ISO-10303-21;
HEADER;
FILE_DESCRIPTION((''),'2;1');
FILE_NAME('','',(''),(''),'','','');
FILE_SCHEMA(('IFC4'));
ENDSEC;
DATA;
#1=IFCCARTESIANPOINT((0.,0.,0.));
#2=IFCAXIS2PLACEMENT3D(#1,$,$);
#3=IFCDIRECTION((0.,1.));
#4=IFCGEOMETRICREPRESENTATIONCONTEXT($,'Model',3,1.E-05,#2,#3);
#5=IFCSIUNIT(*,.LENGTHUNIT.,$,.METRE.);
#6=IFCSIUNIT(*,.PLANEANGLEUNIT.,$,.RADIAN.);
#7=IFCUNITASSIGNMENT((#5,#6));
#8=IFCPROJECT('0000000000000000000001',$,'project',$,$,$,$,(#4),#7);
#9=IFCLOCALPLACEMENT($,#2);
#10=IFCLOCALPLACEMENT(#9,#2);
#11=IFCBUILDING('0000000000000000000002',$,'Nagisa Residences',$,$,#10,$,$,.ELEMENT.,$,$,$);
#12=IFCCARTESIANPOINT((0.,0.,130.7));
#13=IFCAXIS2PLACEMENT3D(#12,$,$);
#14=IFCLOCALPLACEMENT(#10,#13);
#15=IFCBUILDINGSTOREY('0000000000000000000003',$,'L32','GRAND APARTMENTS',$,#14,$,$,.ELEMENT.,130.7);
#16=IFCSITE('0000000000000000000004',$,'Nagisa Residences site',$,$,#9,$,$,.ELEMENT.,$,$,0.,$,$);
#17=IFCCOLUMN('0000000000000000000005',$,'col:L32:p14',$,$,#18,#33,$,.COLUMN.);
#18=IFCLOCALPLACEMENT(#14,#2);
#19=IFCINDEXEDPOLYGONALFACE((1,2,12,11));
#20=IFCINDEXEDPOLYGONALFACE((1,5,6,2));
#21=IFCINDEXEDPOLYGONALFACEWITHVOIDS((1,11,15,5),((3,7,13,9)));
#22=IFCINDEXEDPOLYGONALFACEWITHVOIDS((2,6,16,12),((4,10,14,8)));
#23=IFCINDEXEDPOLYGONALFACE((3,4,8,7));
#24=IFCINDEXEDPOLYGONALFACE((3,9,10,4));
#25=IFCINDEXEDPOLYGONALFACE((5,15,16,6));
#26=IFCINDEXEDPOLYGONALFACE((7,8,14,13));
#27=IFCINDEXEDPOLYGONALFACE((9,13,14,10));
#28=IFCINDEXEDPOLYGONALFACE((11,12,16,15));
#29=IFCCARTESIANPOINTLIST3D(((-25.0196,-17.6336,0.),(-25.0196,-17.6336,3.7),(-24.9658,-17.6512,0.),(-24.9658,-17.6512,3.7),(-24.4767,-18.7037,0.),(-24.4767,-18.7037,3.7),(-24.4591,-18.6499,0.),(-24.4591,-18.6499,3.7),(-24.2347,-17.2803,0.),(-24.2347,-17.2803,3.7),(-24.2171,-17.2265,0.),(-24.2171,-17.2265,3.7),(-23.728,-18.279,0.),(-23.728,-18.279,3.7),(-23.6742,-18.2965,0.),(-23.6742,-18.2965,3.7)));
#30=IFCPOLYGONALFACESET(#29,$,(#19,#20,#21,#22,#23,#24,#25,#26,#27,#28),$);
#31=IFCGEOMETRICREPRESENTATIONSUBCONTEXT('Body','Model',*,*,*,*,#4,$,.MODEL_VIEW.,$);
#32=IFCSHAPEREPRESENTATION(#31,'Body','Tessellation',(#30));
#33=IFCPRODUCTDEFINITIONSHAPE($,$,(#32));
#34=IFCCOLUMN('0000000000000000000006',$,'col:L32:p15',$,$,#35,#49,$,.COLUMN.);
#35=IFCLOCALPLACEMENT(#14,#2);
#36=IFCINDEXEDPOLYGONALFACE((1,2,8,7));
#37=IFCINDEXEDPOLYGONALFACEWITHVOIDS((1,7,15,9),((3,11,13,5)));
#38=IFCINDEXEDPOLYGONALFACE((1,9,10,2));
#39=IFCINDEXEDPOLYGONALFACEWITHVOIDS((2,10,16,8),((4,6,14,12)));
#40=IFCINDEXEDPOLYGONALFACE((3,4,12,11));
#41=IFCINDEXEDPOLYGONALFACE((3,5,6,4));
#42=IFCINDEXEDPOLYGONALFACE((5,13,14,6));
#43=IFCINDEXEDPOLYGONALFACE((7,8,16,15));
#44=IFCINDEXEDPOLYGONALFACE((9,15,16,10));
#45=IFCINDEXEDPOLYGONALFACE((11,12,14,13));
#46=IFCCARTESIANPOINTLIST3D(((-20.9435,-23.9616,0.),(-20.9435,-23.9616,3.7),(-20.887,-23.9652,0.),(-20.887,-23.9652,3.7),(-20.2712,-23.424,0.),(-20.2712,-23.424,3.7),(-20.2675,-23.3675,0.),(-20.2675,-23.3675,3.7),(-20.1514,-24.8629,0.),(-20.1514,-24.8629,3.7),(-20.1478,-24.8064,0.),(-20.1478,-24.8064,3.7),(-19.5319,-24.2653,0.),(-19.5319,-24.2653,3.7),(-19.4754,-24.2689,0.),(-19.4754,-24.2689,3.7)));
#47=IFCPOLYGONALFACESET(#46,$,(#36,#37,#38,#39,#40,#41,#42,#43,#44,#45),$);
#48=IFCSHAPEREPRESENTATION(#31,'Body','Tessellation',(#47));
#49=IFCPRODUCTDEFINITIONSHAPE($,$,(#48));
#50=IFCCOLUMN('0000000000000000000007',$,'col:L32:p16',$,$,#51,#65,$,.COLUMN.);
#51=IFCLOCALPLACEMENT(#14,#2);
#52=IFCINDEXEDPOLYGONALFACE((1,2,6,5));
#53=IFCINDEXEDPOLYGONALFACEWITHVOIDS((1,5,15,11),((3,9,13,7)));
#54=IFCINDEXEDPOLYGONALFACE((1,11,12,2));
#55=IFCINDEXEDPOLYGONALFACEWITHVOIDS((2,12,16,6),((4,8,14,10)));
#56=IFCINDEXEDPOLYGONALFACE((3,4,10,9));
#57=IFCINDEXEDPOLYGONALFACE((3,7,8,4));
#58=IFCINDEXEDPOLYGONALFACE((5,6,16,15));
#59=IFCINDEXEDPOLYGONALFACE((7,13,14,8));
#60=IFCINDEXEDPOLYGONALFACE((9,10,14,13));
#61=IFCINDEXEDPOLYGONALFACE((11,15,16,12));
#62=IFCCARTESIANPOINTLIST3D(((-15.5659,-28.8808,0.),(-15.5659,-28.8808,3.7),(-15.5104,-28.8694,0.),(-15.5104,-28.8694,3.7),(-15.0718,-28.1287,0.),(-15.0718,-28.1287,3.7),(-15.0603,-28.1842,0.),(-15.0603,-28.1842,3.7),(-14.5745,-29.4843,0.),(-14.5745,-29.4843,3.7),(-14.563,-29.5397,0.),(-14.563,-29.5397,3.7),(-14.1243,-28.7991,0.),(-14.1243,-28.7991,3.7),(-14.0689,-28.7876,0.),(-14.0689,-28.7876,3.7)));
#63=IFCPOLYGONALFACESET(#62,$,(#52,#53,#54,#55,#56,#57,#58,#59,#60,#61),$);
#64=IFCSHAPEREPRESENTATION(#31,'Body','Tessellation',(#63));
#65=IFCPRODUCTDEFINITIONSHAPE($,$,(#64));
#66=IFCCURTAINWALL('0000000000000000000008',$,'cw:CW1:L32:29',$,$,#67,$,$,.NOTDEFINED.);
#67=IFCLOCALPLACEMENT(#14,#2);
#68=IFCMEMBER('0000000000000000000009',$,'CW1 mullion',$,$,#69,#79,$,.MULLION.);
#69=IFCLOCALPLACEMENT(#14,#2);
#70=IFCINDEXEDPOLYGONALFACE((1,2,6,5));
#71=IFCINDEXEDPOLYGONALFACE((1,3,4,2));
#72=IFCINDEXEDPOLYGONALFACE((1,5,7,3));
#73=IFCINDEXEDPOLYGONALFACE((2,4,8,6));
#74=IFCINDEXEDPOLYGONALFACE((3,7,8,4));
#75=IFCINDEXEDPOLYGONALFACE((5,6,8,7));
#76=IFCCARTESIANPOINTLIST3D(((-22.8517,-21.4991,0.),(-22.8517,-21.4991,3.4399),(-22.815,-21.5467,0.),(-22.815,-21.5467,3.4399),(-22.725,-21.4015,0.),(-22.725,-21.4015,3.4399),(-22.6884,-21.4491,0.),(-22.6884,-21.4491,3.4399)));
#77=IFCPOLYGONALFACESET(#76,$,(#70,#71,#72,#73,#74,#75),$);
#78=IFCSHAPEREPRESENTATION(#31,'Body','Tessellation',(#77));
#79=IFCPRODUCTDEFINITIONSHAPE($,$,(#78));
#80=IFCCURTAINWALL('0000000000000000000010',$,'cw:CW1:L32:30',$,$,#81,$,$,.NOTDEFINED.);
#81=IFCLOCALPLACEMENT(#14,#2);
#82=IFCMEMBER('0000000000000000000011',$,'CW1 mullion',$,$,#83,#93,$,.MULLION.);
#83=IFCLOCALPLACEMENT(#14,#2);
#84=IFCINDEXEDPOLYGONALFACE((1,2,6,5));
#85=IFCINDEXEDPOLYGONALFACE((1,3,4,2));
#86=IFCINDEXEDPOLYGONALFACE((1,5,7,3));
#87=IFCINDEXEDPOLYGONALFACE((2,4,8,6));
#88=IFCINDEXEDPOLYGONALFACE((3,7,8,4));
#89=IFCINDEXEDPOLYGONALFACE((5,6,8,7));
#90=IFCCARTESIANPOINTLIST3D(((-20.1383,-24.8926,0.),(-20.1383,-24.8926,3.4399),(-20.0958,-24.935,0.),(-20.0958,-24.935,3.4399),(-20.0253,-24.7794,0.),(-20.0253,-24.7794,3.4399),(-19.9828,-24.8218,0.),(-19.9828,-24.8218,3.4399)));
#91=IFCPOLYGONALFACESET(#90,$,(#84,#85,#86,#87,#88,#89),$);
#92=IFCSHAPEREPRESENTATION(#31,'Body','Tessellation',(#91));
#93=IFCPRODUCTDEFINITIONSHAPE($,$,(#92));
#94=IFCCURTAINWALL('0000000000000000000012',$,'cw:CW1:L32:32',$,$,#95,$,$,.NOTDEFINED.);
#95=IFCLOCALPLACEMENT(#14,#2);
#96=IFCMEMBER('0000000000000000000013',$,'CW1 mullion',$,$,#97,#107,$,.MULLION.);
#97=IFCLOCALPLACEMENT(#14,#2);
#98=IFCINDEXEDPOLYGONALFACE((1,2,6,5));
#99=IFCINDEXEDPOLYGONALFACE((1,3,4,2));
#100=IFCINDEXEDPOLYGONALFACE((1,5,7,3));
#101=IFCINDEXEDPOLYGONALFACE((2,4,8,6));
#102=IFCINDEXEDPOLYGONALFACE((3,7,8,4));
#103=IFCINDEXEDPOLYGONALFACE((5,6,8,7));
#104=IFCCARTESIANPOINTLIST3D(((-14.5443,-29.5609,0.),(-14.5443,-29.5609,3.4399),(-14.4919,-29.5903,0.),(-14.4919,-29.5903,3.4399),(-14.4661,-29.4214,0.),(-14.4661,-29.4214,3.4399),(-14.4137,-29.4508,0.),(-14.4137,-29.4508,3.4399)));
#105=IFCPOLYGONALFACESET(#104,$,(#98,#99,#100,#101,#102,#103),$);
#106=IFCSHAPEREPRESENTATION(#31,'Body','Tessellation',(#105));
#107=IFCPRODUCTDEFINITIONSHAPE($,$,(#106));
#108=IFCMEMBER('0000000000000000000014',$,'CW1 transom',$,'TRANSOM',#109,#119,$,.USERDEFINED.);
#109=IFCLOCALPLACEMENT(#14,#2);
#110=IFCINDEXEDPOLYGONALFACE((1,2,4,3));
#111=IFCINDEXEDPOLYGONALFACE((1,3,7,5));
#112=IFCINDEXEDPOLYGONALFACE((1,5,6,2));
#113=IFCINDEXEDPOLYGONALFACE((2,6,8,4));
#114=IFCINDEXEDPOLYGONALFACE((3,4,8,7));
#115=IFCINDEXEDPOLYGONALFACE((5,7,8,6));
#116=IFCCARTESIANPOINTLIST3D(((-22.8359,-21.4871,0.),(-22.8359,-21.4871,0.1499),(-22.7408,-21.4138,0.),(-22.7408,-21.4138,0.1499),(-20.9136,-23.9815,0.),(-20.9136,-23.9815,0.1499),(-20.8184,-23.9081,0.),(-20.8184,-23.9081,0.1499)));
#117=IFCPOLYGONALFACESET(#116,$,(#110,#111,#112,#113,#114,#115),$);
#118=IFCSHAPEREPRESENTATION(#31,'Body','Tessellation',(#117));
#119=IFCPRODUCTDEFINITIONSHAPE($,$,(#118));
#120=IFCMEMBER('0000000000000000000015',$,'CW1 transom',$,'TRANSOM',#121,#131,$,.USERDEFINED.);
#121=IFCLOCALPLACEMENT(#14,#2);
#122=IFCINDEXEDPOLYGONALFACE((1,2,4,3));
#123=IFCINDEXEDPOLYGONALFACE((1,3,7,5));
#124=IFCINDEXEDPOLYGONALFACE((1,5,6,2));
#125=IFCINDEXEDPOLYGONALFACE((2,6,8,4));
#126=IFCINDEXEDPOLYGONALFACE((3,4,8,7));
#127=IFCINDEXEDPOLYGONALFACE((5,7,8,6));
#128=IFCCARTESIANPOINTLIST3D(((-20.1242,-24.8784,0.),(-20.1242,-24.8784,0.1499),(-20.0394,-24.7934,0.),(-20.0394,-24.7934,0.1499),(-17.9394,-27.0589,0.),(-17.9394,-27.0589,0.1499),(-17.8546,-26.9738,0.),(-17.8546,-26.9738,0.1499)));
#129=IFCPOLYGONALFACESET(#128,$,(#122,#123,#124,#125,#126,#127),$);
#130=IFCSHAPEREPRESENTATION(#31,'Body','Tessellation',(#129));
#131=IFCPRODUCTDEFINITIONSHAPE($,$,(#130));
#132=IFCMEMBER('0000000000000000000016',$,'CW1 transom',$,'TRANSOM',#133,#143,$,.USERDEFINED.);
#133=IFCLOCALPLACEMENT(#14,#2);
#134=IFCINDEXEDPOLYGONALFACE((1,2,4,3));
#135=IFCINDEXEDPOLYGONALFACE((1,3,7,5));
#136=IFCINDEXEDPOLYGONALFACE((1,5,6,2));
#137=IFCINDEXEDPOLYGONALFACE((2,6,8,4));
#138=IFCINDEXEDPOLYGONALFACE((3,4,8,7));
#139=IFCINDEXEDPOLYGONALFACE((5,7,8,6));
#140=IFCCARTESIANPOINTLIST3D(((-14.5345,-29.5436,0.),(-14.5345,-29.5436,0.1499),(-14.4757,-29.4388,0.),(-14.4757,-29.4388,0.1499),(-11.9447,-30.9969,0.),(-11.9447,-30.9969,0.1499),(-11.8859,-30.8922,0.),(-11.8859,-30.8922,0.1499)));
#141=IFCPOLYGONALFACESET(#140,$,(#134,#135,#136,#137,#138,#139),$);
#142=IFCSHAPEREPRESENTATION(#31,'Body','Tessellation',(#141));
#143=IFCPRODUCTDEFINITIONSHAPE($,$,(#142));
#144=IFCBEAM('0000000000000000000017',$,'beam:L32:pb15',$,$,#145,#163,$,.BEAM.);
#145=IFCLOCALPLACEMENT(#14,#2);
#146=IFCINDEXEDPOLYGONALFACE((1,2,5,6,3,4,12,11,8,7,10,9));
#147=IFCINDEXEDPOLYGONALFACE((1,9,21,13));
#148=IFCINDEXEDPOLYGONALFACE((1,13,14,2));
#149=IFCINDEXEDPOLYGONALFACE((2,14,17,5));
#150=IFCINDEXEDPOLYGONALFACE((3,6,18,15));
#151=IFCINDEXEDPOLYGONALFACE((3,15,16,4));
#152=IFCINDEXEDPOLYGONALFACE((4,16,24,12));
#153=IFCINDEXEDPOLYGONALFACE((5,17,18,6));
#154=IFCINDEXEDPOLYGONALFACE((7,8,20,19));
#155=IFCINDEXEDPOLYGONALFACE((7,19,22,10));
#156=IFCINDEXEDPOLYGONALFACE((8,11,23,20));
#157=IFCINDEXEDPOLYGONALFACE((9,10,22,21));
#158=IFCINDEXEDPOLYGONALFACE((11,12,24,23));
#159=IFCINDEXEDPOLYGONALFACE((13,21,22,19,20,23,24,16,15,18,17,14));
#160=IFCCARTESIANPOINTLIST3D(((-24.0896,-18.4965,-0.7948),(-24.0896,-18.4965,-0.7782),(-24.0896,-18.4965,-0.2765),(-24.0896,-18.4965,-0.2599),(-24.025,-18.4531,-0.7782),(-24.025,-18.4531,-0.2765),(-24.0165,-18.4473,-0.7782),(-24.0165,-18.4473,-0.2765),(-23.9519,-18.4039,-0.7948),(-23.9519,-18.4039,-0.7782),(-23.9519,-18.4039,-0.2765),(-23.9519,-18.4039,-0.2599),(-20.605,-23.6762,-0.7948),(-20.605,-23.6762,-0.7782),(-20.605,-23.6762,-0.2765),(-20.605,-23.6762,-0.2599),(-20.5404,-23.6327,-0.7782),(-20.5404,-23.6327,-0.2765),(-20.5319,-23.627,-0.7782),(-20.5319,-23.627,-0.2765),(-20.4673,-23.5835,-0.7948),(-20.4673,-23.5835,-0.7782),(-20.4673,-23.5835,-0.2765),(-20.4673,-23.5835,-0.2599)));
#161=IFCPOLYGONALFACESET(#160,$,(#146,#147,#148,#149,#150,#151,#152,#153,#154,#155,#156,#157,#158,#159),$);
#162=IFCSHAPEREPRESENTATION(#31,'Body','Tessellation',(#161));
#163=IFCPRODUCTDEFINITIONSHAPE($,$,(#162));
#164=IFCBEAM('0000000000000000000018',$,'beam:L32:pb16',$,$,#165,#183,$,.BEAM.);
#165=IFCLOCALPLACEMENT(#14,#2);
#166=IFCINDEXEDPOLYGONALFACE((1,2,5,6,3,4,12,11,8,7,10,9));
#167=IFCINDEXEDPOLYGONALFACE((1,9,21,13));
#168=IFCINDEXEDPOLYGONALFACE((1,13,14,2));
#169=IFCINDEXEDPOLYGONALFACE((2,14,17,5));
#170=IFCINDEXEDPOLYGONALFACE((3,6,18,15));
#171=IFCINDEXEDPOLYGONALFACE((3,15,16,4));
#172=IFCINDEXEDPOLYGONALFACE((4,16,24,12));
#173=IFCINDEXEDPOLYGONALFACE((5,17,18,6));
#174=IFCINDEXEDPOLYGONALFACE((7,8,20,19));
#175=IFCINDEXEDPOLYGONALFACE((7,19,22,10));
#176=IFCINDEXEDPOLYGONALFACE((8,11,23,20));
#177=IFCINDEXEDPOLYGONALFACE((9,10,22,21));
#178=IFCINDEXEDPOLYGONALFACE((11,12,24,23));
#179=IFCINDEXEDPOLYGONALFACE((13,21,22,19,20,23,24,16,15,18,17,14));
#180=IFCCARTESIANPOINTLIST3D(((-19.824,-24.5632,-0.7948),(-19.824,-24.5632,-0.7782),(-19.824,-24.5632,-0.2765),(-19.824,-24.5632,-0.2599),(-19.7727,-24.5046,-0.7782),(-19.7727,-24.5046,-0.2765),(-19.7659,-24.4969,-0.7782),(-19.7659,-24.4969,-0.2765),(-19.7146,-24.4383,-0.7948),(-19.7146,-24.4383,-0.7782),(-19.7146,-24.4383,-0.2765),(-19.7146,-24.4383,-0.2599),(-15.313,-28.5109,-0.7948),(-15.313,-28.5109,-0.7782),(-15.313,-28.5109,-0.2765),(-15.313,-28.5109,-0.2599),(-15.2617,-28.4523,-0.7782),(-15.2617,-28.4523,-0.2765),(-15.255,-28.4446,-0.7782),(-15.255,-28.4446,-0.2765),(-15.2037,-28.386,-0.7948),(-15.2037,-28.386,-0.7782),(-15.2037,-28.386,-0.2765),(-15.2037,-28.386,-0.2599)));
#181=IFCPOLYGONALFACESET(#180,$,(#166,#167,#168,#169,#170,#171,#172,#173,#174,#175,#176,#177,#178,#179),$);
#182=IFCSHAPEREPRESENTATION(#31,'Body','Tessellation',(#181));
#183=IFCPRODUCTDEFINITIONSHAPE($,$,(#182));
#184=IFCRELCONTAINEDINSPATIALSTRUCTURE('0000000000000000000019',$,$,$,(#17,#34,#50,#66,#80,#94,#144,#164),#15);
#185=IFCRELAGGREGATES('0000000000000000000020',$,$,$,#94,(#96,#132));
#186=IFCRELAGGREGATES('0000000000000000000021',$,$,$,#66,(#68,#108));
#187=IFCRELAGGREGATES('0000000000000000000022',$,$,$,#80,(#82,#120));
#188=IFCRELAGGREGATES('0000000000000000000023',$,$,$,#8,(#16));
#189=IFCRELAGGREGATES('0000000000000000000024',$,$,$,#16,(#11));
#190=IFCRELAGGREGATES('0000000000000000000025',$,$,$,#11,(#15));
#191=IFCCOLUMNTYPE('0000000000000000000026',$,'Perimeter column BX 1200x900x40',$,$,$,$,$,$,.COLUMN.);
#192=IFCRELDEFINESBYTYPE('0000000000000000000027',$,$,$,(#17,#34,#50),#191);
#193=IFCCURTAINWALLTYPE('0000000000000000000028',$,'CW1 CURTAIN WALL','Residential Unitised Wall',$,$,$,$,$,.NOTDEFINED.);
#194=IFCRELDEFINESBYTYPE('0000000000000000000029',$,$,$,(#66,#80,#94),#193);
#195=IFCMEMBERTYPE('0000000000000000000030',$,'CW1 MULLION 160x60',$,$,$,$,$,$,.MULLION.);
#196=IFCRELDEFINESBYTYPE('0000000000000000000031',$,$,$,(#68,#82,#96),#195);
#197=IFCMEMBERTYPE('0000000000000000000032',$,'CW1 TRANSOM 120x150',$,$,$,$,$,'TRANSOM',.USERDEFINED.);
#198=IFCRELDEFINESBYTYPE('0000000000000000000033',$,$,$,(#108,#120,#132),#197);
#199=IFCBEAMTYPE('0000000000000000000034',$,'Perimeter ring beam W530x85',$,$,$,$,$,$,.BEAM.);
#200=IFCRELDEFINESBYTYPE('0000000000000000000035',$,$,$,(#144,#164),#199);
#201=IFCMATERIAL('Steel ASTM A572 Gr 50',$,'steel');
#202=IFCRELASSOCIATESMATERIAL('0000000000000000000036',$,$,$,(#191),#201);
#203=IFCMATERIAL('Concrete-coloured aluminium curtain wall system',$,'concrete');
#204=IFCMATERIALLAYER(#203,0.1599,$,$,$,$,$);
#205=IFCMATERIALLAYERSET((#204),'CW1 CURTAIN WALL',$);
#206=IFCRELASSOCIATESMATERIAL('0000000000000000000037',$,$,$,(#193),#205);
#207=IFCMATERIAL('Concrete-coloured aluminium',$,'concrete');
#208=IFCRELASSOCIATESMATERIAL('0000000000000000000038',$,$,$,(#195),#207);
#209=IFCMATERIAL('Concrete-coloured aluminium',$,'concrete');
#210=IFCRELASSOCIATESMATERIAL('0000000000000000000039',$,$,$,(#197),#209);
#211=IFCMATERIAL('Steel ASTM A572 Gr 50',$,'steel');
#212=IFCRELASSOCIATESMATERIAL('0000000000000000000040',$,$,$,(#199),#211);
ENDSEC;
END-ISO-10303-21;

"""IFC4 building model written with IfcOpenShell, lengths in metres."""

from ifc_helpers import new_model, si_unit, direction, frame, origin, origin_2d, place, context, subcontext, project, spatial, rectangle, hollow_rectangle, i_section, extrude, material, layer, layer_set, material_profile, profile_set, type_object, element, aggregate, save


model = new_model("IFC4")

# Units and contexts
model_context = context("Model", 3, precision=1e-05, world=origin(), true_north=direction((0.0, 1.0)))
body_context = subcontext(model_context, "Body", "Model", "MODEL_VIEW")
ifc_project = project(units=[si_unit("LENGTHUNIT", "METRE"), si_unit("PLANEANGLEUNIT", "RADIAN")], contexts=[model_context])

# Site, building, storey
site_placement = place(None, origin())
site = spatial("IfcSite", under=ifc_project, at=site_placement, Name="Nagisa Residences site", CompositionType="ELEMENT", RefElevation=0.0)
building_placement = place(site_placement, origin())
building = spatial("IfcBuilding", under=site, at=building_placement, Name="Nagisa Residences", CompositionType="ELEMENT")
storey_placement = place(building_placement, frame((0.0, 0.0, 130.7)))
storey = spatial("IfcBuildingStorey", under=building, at=storey_placement, Name="L32", Description="GRAND APARTMENTS", CompositionType="ELEMENT", Elevation=130.7)

# Columns
ifc_material_1 = material(Name="Steel ASTM A572 Gr 50", Category="steel")
ifc_material_profile_1 = material_profile(ifc_material_1, hollow_rectangle(XDim=1.2, YDim=0.8999, WallThickness=0.04, at=origin_2d()), Name="BX 1200x900x40")
ifc_profile_set_1 = profile_set([ifc_material_profile_1], Name="Steel ASTM A572 Gr 50")
column_type = type_object("IfcColumnType", Name="Perimeter column BX 1200x900x40", PredefinedType="COLUMN", material=ifc_profile_set_1)
for number, where, z_axis, x_axis, name in (
    (1, (-24.3469, -17.9651, 0.0), (0.0, 0.0, 1.0), (0.452463, -0.891783, 0.0), "col:L32:p14"),
    (2, (-20.2095, -24.1152, 0.0), (0.0, 0.0, 1.0), (0.660115, -0.751165, 0.0), "col:L32:p15"),
    (3, (-14.8174, -28.8342, 0.0), (0.0, 0.0, 1.0), (0.835766, -0.549086, 0.0), "col:L32:p16"),
):
    element("IfcColumn", number, at=place(storey_placement, frame(where, z_axis=z_axis, x_axis=x_axis)), inside=storey, type_object=column_type, Name=name, PredefinedType="COLUMN", context=body_context, shape_type="SweptSolid", body=[
        extrude(hollow_rectangle(XDim=1.2, YDim=0.8999, WallThickness=0.04, at=origin_2d()), origin(), (0.0, 0.0, 1.0), 3.7),
    ])

# Curtain walls, members
ifc_material_2 = material(Name="Concrete-coloured aluminium curtain wall system", Category="concrete")
ifc_layer_1 = layer(ifc_material_2, 0.1599)
ifc_layer_set_1 = layer_set([ifc_layer_1], Name="CW1 CURTAIN WALL")
curtain_wall_type = type_object("IfcCurtainWallType", Name="CW1 CURTAIN WALL", Description="Residential Unitised Wall", PredefinedType="NOTDEFINED", material=ifc_layer_set_1)
curtain_wall_1_placement = place(storey_placement, origin())
curtain_wall_1 = element("IfcCurtainWall", 4, at=curtain_wall_1_placement, inside=storey, type_object=curtain_wall_type, Name="cw:CW1:L32:29", PredefinedType="NOTDEFINED")
ifc_material_3 = material(Name="Concrete-coloured aluminium", Category="concrete")
ifc_material_profile_2 = material_profile(ifc_material_3, rectangle(XDim=0.1599, YDim=0.0601, at=origin_2d()), Name="CW1 MULLION 160x60")
ifc_profile_set_2 = profile_set([ifc_material_profile_2], Name="Concrete-coloured aluminium")
member_type_1 = type_object("IfcMemberType", Name="CW1 MULLION 160x60", PredefinedType="MULLION", material=ifc_profile_set_2)
member_1_placement = place(storey_placement, frame((-22.77, -21.4741, 0.0), z_axis=(0.0, 0.0, 1.0), x_axis=(0.79207, 0.61043, 0.0)))
member_1 = element("IfcMember", 5, at=member_1_placement, type_object=member_type_1, Name="CW1 mullion", PredefinedType="MULLION", context=body_context, shape_type="SweptSolid", body=[
    extrude(rectangle(XDim=0.1599, YDim=0.0601, at=origin_2d()), origin(), (0.0, 0.0, 1.0), 3.4399),
])
curtain_wall_2_placement = place(storey_placement, origin())
curtain_wall_2 = element("IfcCurtainWall", 6, at=curtain_wall_2_placement, inside=storey, type_object=curtain_wall_type, Name="cw:CW1:L32:30", PredefinedType="NOTDEFINED")
member_2_placement = place(storey_placement, frame((-20.0605, -24.8572, 0.0), z_axis=(0.0, 0.0, 1.0), x_axis=(0.706377, 0.707836, 0.0)))
member_2 = element("IfcMember", 7, at=member_2_placement, type_object=member_type_1, Name="CW1 mullion", PredefinedType="MULLION", context=body_context, shape_type="SweptSolid", body=[
    extrude(rectangle(XDim=0.1599, YDim=0.0601, at=origin_2d()), origin(), (0.0, 0.0, 1.0), 3.4399),
])
curtain_wall_3_placement = place(storey_placement, origin())
curtain_wall_3 = element("IfcCurtainWall", 8, at=curtain_wall_3_placement, inside=storey, type_object=curtain_wall_type, Name="cw:CW1:L32:32", PredefinedType="NOTDEFINED")
member_3_placement = place(storey_placement, frame((-14.479, -29.5059, 0.0), z_axis=(0.0, 0.0, 1.0), x_axis=(0.489377, 0.872072, 0.0)))
member_3 = element("IfcMember", 9, at=member_3_placement, type_object=member_type_1, Name="CW1 mullion", PredefinedType="MULLION", context=body_context, shape_type="SweptSolid", body=[
    extrude(rectangle(XDim=0.1599, YDim=0.0601, at=origin_2d()), origin(), (0.0, 0.0, 1.0), 3.4399),
])

# Members
ifc_material_4 = material(Name="Concrete-coloured aluminium", Category="concrete")
ifc_material_profile_3 = material_profile(ifc_material_4, rectangle(XDim=0.1201, YDim=0.1499, at=origin_2d()), Name="CW1 TRANSOM 120x150")
ifc_profile_set_3 = profile_set([ifc_material_profile_3], Name="Concrete-coloured aluminium")
member_type_2 = type_object("IfcMemberType", Name="CW1 TRANSOM 120x150", ElementType="TRANSOM", PredefinedType="USERDEFINED", material=ifc_profile_set_3)
member_4_placement = place(storey_placement, frame((-22.7883, -21.4504, 0.075), z_axis=(0.61043, -0.79207, 0.0), x_axis=(0.79207, 0.61043, 0.0)))
member_4 = element("IfcMember", 10, at=member_4_placement, type_object=member_type_2, Name="CW1 transom", ObjectType="TRANSOM", PredefinedType="USERDEFINED", context=body_context, shape_type="SweptSolid", body=[
    extrude(rectangle(XDim=0.1201, YDim=0.1499, at=origin_2d()), origin(), (0.0, 0.0, 1.0), 3.1492),
])
member_5_placement = place(storey_placement, frame((-20.0818, -24.8359, 0.075), z_axis=(0.707818, -0.706395, 0.0), x_axis=(0.706395, 0.707818, 0.0)))
member_5 = element("IfcMember", 11, at=member_5_placement, type_object=member_type_2, Name="CW1 transom", ObjectType="TRANSOM", PredefinedType="USERDEFINED", context=body_context, shape_type="SweptSolid", body=[
    extrude(rectangle(XDim=0.1201, YDim=0.1499, at=origin_2d()), origin(), (0.0, 0.0, 1.0), 3.0867),
])
member_6_placement = place(storey_placement, frame((-14.5051, -29.4912, 0.075), z_axis=(0.872067, -0.489387, 0.0), x_axis=(0.489387, 0.872067, 0.0)))
member_6 = element("IfcMember", 12, at=member_6_placement, type_object=member_type_2, Name="CW1 transom", ObjectType="TRANSOM", PredefinedType="USERDEFINED", context=body_context, shape_type="SweptSolid", body=[
    extrude(rectangle(XDim=0.1201, YDim=0.1499, at=origin_2d()), origin(), (0.0, 0.0, 1.0), 2.9697),
])
aggregate(curtain_wall_3, [member_3, member_6])

# Beams
ifc_material_5 = material(Name="Steel ASTM A572 Gr 50", Category="steel")
ifc_material_profile_4 = material_profile(ifc_material_5, i_section(OverallWidth=0.166, OverallDepth=0.5349, WebThickness=0.0103, FlangeThickness=0.0166, at=origin_2d()), Name="W530x85")
ifc_profile_set_4 = profile_set([ifc_material_profile_4], Name="Steel ASTM A572 Gr 50")
beam_type_1 = type_object("IfcBeamType", Name="Perimeter ring beam W530x85", PredefinedType="BEAM", material=ifc_profile_set_4)
beam_1_placement = place(storey_placement, frame((-24.0208, -18.4502, -0.5273), z_axis=(0.558188, -0.829715, 0.0), x_axis=(0.829715, 0.558188, 0.0)))
element("IfcBeam", 13, at=beam_1_placement, inside=storey, type_object=beam_type_1, Name="beam:L32:pb15", PredefinedType="BEAM", context=body_context, shape_type="SweptSolid", body=[
    extrude(i_section(OverallWidth=0.166, OverallDepth=0.5349, WebThickness=0.0103, FlangeThickness=0.0166, at=origin_2d()), origin(), (0.0, 0.0, 1.0), 6.2427),
])
beam_2_placement = place(storey_placement, frame((-19.7693, -24.5007, -0.5273), z_axis=(0.752524, -0.658565, 0.0), x_axis=(0.658565, 0.752524, 0.0)))
element("IfcBeam", 14, at=beam_2_placement, inside=storey, type_object=beam_type_1, Name="beam:L32:pb16", PredefinedType="BEAM", context=body_context, shape_type="SweptSolid", body=[
    extrude(i_section(OverallWidth=0.166, OverallDepth=0.5349, WebThickness=0.0103, FlangeThickness=0.0166, at=origin_2d()), origin(), (0.0, 0.0, 1.0), 5.9944),
])

aggregate(curtain_wall_1, [member_1, member_4])
aggregate(curtain_wall_2, [member_2, member_5])

save(model, "model.ifc")
